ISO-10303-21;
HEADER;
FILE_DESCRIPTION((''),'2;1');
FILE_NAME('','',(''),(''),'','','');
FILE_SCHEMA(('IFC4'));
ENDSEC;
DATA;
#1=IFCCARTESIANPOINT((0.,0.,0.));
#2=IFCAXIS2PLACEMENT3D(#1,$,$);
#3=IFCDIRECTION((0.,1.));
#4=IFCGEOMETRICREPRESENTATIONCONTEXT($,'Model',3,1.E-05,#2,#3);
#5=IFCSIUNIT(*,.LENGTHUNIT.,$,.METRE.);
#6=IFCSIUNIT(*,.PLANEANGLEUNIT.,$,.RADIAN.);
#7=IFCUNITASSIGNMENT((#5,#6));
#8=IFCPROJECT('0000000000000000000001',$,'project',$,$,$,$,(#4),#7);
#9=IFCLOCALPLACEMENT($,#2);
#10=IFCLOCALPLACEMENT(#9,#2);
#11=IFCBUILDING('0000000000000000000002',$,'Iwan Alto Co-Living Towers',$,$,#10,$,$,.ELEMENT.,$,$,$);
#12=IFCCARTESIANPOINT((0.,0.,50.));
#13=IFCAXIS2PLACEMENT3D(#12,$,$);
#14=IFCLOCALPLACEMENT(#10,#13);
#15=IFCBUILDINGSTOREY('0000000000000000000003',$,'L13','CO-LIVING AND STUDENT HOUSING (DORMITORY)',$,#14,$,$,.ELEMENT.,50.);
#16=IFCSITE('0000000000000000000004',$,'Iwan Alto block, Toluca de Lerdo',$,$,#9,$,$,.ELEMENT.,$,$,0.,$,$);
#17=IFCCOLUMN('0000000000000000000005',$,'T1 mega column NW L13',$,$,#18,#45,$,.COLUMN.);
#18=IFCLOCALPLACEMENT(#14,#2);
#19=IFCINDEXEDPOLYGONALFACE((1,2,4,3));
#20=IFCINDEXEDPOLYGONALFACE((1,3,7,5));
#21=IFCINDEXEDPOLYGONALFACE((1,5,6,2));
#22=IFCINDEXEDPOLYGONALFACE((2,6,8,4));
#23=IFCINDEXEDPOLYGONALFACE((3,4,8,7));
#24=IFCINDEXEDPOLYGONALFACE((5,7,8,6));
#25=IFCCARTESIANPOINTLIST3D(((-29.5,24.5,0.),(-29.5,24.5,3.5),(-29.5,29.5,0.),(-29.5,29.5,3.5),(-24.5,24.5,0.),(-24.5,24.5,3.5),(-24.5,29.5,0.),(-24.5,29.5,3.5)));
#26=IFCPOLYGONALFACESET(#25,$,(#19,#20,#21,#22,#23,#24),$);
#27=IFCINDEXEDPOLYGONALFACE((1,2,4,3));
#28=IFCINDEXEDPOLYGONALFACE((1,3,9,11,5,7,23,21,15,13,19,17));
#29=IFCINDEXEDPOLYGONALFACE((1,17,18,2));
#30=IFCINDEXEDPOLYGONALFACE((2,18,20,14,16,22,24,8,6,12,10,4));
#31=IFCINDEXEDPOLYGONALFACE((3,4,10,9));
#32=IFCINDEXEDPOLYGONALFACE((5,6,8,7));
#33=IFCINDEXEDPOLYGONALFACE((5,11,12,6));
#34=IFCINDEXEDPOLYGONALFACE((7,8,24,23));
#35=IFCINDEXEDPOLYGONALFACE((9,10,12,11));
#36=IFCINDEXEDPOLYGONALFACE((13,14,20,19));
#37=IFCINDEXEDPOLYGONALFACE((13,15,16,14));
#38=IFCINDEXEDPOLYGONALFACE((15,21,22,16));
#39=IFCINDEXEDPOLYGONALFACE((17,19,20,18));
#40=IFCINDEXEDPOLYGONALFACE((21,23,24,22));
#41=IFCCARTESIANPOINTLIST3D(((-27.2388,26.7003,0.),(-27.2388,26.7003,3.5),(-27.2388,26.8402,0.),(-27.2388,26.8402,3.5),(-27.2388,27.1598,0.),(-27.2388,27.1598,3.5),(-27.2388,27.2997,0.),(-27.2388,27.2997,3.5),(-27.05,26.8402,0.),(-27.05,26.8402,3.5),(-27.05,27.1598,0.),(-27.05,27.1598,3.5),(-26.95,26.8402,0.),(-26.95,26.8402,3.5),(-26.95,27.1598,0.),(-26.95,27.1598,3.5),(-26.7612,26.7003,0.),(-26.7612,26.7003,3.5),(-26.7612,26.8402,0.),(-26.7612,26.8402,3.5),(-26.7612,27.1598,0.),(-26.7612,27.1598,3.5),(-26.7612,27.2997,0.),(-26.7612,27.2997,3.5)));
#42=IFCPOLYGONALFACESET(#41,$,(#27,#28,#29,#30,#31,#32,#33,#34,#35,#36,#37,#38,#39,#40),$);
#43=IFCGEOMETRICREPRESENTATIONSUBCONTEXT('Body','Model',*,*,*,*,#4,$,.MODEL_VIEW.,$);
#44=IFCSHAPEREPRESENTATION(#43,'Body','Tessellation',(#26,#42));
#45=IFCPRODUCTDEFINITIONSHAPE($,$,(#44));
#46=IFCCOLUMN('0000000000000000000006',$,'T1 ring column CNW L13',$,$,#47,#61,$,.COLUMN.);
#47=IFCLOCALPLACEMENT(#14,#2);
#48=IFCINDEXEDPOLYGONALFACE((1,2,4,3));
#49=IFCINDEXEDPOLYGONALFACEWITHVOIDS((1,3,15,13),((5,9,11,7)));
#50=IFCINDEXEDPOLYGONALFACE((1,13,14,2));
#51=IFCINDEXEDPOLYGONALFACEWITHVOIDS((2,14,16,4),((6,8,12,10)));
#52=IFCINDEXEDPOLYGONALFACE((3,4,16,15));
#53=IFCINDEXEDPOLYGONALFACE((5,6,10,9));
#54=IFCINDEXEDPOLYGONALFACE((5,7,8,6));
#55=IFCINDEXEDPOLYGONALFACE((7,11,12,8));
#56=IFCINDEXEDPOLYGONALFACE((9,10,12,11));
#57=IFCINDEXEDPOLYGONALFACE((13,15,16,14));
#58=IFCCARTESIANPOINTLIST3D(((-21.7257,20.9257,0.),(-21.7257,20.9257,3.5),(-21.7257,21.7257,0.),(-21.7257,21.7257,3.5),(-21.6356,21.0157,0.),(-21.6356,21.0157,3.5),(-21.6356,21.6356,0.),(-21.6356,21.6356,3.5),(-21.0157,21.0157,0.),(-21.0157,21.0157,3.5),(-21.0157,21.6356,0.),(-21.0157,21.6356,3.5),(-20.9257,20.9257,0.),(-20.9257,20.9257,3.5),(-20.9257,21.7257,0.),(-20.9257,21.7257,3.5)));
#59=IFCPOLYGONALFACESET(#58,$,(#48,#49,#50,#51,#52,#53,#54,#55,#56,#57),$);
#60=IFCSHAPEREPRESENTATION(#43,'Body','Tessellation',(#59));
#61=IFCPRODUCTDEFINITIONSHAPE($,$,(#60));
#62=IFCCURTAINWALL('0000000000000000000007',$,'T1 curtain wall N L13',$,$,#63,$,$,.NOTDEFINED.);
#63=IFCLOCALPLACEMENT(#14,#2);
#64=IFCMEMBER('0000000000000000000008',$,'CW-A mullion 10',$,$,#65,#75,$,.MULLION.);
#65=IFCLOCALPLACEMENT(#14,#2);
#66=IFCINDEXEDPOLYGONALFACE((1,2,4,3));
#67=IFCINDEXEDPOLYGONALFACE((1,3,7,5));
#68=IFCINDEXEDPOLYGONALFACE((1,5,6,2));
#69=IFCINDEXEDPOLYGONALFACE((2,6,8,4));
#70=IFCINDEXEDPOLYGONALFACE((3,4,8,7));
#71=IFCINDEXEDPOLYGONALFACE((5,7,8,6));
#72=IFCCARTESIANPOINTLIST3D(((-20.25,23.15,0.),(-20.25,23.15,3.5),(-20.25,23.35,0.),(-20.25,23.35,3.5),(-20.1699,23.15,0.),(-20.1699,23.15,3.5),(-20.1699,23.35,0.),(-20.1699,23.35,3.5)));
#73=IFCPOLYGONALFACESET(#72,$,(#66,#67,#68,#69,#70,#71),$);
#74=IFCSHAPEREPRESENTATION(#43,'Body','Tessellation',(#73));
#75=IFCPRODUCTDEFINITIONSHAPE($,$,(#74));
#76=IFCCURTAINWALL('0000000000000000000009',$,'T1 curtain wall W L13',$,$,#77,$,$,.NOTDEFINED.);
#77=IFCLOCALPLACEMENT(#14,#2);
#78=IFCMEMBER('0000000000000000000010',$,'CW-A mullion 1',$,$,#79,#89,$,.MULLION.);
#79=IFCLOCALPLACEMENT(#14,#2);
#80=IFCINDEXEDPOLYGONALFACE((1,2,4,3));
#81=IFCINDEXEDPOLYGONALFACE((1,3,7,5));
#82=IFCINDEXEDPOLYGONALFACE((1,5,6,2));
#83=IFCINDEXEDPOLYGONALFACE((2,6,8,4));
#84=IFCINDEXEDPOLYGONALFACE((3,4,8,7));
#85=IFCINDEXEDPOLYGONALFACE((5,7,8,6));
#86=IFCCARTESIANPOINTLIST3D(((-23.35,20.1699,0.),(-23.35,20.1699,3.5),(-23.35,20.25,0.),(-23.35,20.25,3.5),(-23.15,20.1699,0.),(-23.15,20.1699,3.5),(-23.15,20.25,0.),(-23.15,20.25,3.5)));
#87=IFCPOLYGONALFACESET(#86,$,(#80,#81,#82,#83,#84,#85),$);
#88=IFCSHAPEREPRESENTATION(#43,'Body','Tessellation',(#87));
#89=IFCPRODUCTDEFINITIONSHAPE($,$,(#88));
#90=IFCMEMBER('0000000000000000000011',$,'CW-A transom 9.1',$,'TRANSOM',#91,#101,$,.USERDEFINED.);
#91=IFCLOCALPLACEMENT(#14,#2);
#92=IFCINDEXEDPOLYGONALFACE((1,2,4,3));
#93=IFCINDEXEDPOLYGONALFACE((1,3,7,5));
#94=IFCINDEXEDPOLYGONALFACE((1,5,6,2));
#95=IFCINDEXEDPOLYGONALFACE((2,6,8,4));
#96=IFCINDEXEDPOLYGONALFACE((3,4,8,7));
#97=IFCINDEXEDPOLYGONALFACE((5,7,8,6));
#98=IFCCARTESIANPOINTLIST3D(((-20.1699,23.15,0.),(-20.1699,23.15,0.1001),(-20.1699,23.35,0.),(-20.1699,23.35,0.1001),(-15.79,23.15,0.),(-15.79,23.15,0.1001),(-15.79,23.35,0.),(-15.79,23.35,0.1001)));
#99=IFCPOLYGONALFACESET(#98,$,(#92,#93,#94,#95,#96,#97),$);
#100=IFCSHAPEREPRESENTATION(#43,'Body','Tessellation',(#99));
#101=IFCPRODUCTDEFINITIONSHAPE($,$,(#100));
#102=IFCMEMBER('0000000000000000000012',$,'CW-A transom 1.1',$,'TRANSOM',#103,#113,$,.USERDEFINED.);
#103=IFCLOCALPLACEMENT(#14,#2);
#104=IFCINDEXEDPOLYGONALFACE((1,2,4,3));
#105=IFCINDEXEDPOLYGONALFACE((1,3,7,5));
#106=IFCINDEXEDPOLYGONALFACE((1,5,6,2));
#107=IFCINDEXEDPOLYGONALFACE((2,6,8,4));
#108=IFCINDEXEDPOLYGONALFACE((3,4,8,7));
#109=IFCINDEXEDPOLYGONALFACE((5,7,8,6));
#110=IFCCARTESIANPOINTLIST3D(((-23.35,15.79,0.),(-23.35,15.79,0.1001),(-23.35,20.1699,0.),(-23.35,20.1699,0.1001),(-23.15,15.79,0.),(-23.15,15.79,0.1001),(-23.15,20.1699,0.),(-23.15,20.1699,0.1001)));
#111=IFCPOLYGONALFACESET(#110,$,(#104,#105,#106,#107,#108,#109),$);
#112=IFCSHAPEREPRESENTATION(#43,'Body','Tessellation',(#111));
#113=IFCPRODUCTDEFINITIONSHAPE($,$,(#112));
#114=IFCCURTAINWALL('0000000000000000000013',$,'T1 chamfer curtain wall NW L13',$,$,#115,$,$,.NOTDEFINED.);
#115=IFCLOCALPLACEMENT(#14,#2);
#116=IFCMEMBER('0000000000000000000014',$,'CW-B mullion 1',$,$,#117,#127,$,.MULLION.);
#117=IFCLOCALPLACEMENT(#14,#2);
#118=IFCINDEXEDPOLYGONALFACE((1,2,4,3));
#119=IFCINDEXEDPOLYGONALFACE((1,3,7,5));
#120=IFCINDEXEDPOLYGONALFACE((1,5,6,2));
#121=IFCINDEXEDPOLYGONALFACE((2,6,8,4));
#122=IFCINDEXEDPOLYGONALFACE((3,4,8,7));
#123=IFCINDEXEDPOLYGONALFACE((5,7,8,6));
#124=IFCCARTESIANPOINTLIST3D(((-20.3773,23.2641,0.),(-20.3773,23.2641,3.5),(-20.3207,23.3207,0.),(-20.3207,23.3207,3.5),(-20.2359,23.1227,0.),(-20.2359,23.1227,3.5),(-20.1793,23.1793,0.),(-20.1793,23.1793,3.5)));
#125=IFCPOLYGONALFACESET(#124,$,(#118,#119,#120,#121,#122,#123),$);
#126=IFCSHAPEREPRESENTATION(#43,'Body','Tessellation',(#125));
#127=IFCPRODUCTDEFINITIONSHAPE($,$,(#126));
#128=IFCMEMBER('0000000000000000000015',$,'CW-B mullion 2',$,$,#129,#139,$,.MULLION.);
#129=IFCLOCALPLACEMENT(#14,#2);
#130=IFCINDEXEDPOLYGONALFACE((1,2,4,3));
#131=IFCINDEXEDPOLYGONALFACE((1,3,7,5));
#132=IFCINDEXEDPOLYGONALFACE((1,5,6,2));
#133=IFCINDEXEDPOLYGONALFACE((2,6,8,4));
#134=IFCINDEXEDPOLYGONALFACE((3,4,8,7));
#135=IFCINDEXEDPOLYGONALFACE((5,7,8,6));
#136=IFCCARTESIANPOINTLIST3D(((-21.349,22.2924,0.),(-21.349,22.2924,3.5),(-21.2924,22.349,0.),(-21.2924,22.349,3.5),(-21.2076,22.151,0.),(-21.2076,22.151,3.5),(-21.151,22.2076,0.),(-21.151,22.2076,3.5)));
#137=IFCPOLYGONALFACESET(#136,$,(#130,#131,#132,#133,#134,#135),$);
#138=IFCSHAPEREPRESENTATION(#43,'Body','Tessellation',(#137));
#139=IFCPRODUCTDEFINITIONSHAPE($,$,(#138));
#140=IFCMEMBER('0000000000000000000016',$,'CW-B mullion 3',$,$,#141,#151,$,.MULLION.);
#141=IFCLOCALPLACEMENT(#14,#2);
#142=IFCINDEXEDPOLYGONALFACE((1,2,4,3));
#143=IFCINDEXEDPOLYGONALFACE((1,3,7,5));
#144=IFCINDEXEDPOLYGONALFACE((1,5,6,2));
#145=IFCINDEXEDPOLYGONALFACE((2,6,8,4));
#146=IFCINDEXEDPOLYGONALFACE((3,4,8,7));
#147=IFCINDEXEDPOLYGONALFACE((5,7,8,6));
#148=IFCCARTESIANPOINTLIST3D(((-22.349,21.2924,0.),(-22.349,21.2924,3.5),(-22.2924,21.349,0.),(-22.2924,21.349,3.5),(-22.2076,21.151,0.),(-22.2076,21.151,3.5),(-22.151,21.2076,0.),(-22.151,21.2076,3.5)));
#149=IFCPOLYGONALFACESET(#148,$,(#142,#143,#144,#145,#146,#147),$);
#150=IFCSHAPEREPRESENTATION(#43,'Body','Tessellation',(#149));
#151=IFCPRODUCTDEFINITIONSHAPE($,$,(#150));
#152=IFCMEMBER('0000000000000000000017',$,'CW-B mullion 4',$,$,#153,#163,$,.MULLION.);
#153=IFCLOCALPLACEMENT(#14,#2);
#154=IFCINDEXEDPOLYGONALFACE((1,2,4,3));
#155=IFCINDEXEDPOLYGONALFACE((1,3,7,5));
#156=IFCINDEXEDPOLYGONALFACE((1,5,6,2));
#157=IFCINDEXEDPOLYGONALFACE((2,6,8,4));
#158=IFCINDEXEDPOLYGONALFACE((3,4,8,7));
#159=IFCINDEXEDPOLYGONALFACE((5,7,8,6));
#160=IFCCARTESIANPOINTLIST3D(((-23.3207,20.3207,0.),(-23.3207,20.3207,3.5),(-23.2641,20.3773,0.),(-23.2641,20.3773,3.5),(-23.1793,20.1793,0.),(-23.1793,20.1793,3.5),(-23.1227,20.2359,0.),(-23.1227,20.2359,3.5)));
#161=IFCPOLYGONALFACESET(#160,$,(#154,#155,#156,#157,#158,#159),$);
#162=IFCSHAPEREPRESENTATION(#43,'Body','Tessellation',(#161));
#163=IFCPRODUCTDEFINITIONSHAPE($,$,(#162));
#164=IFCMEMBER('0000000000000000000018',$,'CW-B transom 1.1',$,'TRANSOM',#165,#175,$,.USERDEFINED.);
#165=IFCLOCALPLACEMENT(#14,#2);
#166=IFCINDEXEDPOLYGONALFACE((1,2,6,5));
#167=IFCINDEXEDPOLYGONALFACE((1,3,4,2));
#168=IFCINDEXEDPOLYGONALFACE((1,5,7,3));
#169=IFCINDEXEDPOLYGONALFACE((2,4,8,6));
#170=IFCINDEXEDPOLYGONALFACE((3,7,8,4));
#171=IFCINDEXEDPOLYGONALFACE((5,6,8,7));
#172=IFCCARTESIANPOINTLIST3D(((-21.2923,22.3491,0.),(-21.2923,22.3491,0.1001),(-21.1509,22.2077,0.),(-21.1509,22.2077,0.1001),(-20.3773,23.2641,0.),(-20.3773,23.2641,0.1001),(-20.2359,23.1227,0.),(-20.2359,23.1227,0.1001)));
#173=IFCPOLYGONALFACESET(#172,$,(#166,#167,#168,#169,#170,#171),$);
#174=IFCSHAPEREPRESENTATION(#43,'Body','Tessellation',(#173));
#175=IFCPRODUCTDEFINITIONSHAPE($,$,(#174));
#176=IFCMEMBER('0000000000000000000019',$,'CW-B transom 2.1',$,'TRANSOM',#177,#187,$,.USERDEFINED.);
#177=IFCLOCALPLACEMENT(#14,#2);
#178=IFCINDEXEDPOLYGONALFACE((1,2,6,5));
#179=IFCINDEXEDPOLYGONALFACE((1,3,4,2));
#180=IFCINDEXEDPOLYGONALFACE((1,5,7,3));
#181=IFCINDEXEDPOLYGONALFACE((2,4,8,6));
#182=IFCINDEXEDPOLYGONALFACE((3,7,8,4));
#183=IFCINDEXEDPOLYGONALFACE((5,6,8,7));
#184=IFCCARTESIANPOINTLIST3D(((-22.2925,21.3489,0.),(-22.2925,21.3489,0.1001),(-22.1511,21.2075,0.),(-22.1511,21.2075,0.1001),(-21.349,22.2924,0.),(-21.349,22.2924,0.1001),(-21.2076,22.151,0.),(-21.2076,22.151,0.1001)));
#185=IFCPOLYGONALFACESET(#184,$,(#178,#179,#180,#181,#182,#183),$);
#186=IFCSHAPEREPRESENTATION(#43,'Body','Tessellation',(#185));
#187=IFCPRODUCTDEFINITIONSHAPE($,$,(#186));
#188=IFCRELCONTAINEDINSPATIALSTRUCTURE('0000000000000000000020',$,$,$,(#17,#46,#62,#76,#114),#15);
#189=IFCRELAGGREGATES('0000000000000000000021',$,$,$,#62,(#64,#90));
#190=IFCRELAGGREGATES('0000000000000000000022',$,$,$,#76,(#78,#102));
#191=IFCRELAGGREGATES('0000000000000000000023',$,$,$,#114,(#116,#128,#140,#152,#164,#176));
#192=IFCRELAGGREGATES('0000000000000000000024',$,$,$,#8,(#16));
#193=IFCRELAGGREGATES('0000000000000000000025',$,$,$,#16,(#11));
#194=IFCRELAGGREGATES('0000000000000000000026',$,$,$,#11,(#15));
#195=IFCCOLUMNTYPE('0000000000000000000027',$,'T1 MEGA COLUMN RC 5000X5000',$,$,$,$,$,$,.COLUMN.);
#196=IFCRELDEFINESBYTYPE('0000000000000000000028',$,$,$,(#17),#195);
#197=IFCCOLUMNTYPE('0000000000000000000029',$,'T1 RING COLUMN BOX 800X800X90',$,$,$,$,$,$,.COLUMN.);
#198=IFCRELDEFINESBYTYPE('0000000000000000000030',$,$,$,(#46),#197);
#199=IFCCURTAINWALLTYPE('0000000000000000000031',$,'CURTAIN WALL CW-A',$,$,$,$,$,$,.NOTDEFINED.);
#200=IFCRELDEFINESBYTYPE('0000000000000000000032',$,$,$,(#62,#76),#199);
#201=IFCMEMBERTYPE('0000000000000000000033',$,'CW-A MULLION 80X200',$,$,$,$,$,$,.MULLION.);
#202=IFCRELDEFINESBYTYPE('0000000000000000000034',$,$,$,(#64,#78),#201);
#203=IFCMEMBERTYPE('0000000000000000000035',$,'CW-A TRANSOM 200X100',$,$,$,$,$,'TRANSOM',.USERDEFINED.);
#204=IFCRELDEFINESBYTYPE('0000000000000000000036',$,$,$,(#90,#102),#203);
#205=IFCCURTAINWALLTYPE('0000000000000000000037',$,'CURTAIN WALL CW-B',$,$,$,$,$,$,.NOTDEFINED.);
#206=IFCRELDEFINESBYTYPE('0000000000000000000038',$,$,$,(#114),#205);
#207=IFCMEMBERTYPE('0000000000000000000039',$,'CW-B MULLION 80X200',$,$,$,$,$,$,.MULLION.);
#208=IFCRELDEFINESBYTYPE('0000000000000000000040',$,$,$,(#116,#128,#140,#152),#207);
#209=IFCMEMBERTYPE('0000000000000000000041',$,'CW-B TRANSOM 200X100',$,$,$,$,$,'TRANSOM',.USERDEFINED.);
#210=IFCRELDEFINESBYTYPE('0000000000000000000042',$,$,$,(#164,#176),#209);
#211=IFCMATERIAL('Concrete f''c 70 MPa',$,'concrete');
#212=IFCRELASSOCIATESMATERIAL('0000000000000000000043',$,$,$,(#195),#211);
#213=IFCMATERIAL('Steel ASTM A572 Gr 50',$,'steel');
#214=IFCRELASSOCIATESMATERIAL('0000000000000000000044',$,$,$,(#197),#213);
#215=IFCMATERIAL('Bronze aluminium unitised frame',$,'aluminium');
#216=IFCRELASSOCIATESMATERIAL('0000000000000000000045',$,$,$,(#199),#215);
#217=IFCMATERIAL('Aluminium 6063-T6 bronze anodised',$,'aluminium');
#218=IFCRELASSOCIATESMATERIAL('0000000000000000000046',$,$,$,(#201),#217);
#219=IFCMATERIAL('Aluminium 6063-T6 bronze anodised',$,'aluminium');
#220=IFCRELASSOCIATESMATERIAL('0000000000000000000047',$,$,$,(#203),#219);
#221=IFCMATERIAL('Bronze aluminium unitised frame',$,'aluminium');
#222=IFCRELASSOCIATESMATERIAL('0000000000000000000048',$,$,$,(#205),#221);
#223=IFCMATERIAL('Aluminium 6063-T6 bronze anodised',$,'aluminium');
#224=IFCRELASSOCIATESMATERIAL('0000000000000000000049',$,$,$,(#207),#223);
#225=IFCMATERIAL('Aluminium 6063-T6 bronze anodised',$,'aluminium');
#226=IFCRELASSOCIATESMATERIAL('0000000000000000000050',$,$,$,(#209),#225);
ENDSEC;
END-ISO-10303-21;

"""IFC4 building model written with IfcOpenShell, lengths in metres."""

from ifc_helpers import new_model, si_unit, direction, frame, origin, origin_2d, place, context, subcontext, project, spatial, rectangle, hollow_rectangle, i_section, extrude, material, material_profile, profile_set, type_object, element, aggregate, save


model = new_model("IFC4")

# Units and contexts
model_context = context("Model", 3, precision=1e-05, world=origin(), true_north=direction((0.0, 1.0)))
body_context = subcontext(model_context, "Body", "Model", "MODEL_VIEW")
ifc_project = project(units=[si_unit("LENGTHUNIT", "METRE"), si_unit("PLANEANGLEUNIT", "RADIAN")], contexts=[model_context])

# Site, building, storey
site_placement = place(None, origin())
site = spatial("IfcSite", under=ifc_project, at=site_placement, Name="Iwan Alto block, Toluca de Lerdo", CompositionType="ELEMENT", RefElevation=0.0)
building_placement = place(site_placement, origin())
building = spatial("IfcBuilding", under=site, at=building_placement, Name="Iwan Alto Co-Living Towers", CompositionType="ELEMENT")
storey_placement = place(building_placement, frame((0.0, 0.0, 50.0)))
storey = spatial("IfcBuildingStorey", under=building, at=storey_placement, Name="L13", Description="CO-LIVING AND STUDENT HOUSING (DORMITORY)", CompositionType="ELEMENT", Elevation=50.0)

# Columns
ifc_material_1 = material(Name="Concrete f'c 70 MPa", Category="concrete")
ifc_material_profile_1 = material_profile(ifc_material_1, rectangle(XDim=5.0, YDim=5.0, at=origin_2d()), Name="RC 5000X5000")
ifc_profile_set_1 = profile_set([ifc_material_profile_1], Name="Concrete f'c 70 MPa")
column_type_1 = type_object("IfcColumnType", Name="T1 MEGA COLUMN RC 5000X5000", PredefinedType="COLUMN", material=ifc_profile_set_1)
column_1_placement = place(storey_placement, frame((-27.0, 27.0, 0.0), z_axis=(0.0, 0.0, 1.0), x_axis=(1.0, 0.0, 0.0)))
element("IfcColumn", 1, at=column_1_placement, inside=storey, type_object=column_type_1, Name="T1 mega column NW L13", PredefinedType="COLUMN", context=body_context, shape_type="SweptSolid", body=[
    extrude(rectangle(XDim=5.0, YDim=5.0, at=origin_2d()), origin(), (0.0, 0.0, 1.0), 3.5),
    extrude(i_section(OverallWidth=0.4775, OverallDepth=0.5994, WebThickness=0.1001, FlangeThickness=0.1399, at=origin_2d()), origin(), (0.0, 0.0, 1.0), 3.5),
])
ifc_material_2 = material(Name="Steel ASTM A572 Gr 50", Category="steel")
ifc_material_profile_2 = material_profile(ifc_material_2, hollow_rectangle(XDim=0.8, YDim=0.8, WallThickness=0.0901, at=origin_2d()), Name="BOX 800X800X90")
ifc_profile_set_2 = profile_set([ifc_material_profile_2], Name="Steel ASTM A572 Gr 50")
column_type_2 = type_object("IfcColumnType", Name="T1 RING COLUMN BOX 800X800X90", PredefinedType="COLUMN", material=ifc_profile_set_2)
column_2_placement = place(storey_placement, frame((-21.3257, 21.3257, 0.0), z_axis=(0.0, 0.0, 1.0), x_axis=(1.0, 0.0, 0.0)))
element("IfcColumn", 2, at=column_2_placement, inside=storey, type_object=column_type_2, Name="T1 ring column CNW L13", PredefinedType="COLUMN", context=body_context, shape_type="SweptSolid", body=[
    extrude(hollow_rectangle(XDim=0.8, YDim=0.8, WallThickness=0.0901, at=origin_2d()), origin(), (0.0, 0.0, 1.0), 3.5),
])

# Curtain walls, members
ifc_material_3 = material(Name="Bronze aluminium unitised frame", Category="aluminium")
curtain_wall_type_1 = type_object("IfcCurtainWallType", Name="CURTAIN WALL CW-A", PredefinedType="NOTDEFINED", material=ifc_material_3)
curtain_wall_1_placement = place(storey_placement, origin())
curtain_wall_1 = element("IfcCurtainWall", 3, at=curtain_wall_1_placement, inside=storey, type_object=curtain_wall_type_1, Name="T1 curtain wall N L13", PredefinedType="NOTDEFINED")
ifc_material_4 = material(Name="Aluminium 6063-T6 bronze anodised", Category="aluminium")
ifc_material_profile_3 = material_profile(ifc_material_4, rectangle(XDim=0.2, YDim=0.0801, at=origin_2d()), Name="AL 80X200")
ifc_profile_set_3 = profile_set([ifc_material_profile_3], Name="Aluminium 6063-T6 bronze anodised")
member_type_1 = type_object("IfcMemberType", Name="CW-A MULLION 80X200", PredefinedType="MULLION", material=ifc_profile_set_3)
member_1_placement = place(storey_placement, frame((-20.21, 23.25, 0.0), z_axis=(0.0, 0.0, 1.0), x_axis=(0.0, -1.0, 0.0)))
member_1 = element("IfcMember", 4, at=member_1_placement, type_object=member_type_1, Name="CW-A mullion 10", PredefinedType="MULLION", context=body_context, shape_type="SweptSolid", body=[
    extrude(rectangle(XDim=0.2, YDim=0.0801, at=origin_2d()), origin(), (0.0, 0.0, 1.0), 3.5),
])
curtain_wall_2_placement = place(storey_placement, origin())
curtain_wall_2 = element("IfcCurtainWall", 5, at=curtain_wall_2_placement, inside=storey, type_object=curtain_wall_type_1, Name="T1 curtain wall W L13", PredefinedType="NOTDEFINED")
member_2_placement = place(storey_placement, frame((-23.25, 20.21, 0.0), z_axis=(0.0, 0.0, 1.0), x_axis=(1.0, 0.0, 0.0)))
member_2 = element("IfcMember", 6, at=member_2_placement, type_object=member_type_1, Name="CW-A mullion 1", PredefinedType="MULLION", context=body_context, shape_type="SweptSolid", body=[
    extrude(rectangle(XDim=0.2, YDim=0.0801, at=origin_2d()), origin(), (0.0, 0.0, 1.0), 3.5),
])

# Members
ifc_material_5 = material(Name="Aluminium 6063-T6 bronze anodised", Category="aluminium")
ifc_material_profile_4 = material_profile(ifc_material_5, rectangle(XDim=0.2, YDim=0.1001, at=origin_2d()), Name="AL 200X100")
ifc_profile_set_4 = profile_set([ifc_material_profile_4], Name="Aluminium 6063-T6 bronze anodised")
member_type_2 = type_object("IfcMemberType", Name="CW-A TRANSOM 200X100", ElementType="TRANSOM", PredefinedType="USERDEFINED", material=ifc_profile_set_4)
member_3_placement = place(storey_placement, frame((-15.79, 23.25, 0.05), z_axis=(-1.0, 0.0, 0.0), x_axis=(0.0, -1.0, 0.0)))
member_3 = element("IfcMember", 7, at=member_3_placement, type_object=member_type_2, Name="CW-A transom 9.1", ObjectType="TRANSOM", PredefinedType="USERDEFINED", context=body_context, shape_type="SweptSolid", body=[
    extrude(rectangle(XDim=0.2, YDim=0.1001, at=origin_2d()), origin(), (0.0, 0.0, 1.0), 4.3799),
])
member_4_placement = place(storey_placement, frame((-23.25, 20.1699, 0.05), z_axis=(0.0, -1.0, 0.0), x_axis=(1.0, 0.0, 0.0)))
member_4 = element("IfcMember", 8, at=member_4_placement, type_object=member_type_2, Name="CW-A transom 1.1", ObjectType="TRANSOM", PredefinedType="USERDEFINED", context=body_context, shape_type="SweptSolid", body=[
    extrude(rectangle(XDim=0.2, YDim=0.1001, at=origin_2d()), origin(), (0.0, 0.0, 1.0), 4.3799),
])

# Curtain wall, members
ifc_material_6 = material(Name="Bronze aluminium unitised frame", Category="aluminium")
curtain_wall_type_2 = type_object("IfcCurtainWallType", Name="CURTAIN WALL CW-B", PredefinedType="NOTDEFINED", material=ifc_material_6)
curtain_wall_3_placement = place(storey_placement, origin())
curtain_wall_3 = element("IfcCurtainWall", 9, at=curtain_wall_3_placement, inside=storey, type_object=curtain_wall_type_2, Name="T1 chamfer curtain wall NW L13", PredefinedType="NOTDEFINED")
ifc_material_7 = material(Name="Aluminium 6063-T6 bronze anodised", Category="aluminium")
ifc_material_profile_5 = material_profile(ifc_material_7, rectangle(XDim=0.2, YDim=0.0801, at=origin_2d()), Name="AL 80X200")
ifc_profile_set_5 = profile_set([ifc_material_profile_5], Name="Aluminium 6063-T6 bronze anodised")
member_type_3 = type_object("IfcMemberType", Name="CW-B MULLION 80X200", PredefinedType="MULLION", material=ifc_profile_set_5)
member_5_placement = place(storey_placement, frame((-20.2783, 23.2217, 0.0), z_axis=(0.0, 0.0, 1.0), x_axis=(0.707107, -0.707107, 0.0)))
member_5 = element("IfcMember", 10, at=member_5_placement, type_object=member_type_3, Name="CW-B mullion 1", PredefinedType="MULLION", context=body_context, shape_type="SweptSolid", body=[
    extrude(rectangle(XDim=0.2, YDim=0.0801, at=origin_2d()), origin(), (0.0, 0.0, 1.0), 3.5),
])
member_6_placement = place(storey_placement, frame((-21.25, 22.25, 0.0), z_axis=(0.0, 0.0, 1.0), x_axis=(0.707107, -0.707107, 0.0)))
member_6 = element("IfcMember", 11, at=member_6_placement, type_object=member_type_3, Name="CW-B mullion 2", PredefinedType="MULLION", context=body_context, shape_type="SweptSolid", body=[
    extrude(rectangle(XDim=0.2, YDim=0.0801, at=origin_2d()), origin(), (0.0, 0.0, 1.0), 3.5),
])
member_7_placement = place(storey_placement, frame((-22.25, 21.25, 0.0), z_axis=(0.0, 0.0, 1.0), x_axis=(0.707107, -0.707107, 0.0)))
member_7 = element("IfcMember", 12, at=member_7_placement, type_object=member_type_3, Name="CW-B mullion 3", PredefinedType="MULLION", context=body_context, shape_type="SweptSolid", body=[
    extrude(rectangle(XDim=0.2, YDim=0.0801, at=origin_2d()), origin(), (0.0, 0.0, 1.0), 3.5),
])
member_8_placement = place(storey_placement, frame((-23.2217, 20.2783, 0.0), z_axis=(0.0, 0.0, 1.0), x_axis=(0.707107, -0.707107, 0.0)))
member_8 = element("IfcMember", 13, at=member_8_placement, type_object=member_type_3, Name="CW-B mullion 4", PredefinedType="MULLION", context=body_context, shape_type="SweptSolid", body=[
    extrude(rectangle(XDim=0.2, YDim=0.0801, at=origin_2d()), origin(), (0.0, 0.0, 1.0), 3.5),
])
ifc_material_8 = material(Name="Aluminium 6063-T6 bronze anodised", Category="aluminium")
ifc_material_profile_6 = material_profile(ifc_material_8, rectangle(XDim=0.2, YDim=0.1001, at=origin_2d()), Name="AL 200X100")
ifc_profile_set_6 = profile_set([ifc_material_profile_6], Name="Aluminium 6063-T6 bronze anodised")
member_type_4 = type_object("IfcMemberType", Name="CW-B TRANSOM 200X100", ElementType="TRANSOM", PredefinedType="USERDEFINED", material=ifc_profile_set_6)
member_9_placement = place(storey_placement, frame((-20.3066, 23.1934, 0.05), z_axis=(-0.707107, -0.707107, 0.0), x_axis=(0.707107, -0.707107, 0.0)))
member_9 = element("IfcMember", 14, at=member_9_placement, type_object=member_type_4, Name="CW-B transom 1.1", ObjectType="TRANSOM", PredefinedType="USERDEFINED", context=body_context, shape_type="SweptSolid", body=[
    extrude(rectangle(XDim=0.2, YDim=0.1001, at=origin_2d()), origin(), (0.0, 0.0, 1.0), 1.2939),
])
member_10_placement = place(storey_placement, frame((-21.2783, 22.2217, 0.05), z_axis=(-0.707107, -0.707107, 0.0), x_axis=(0.707107, -0.707107, 0.0)))
member_10 = element("IfcMember", 15, at=member_10_placement, type_object=member_type_4, Name="CW-B transom 2.1", ObjectType="TRANSOM", PredefinedType="USERDEFINED", context=body_context, shape_type="SweptSolid", body=[
    extrude(rectangle(XDim=0.2, YDim=0.1001, at=origin_2d()), origin(), (0.0, 0.0, 1.0), 1.3342),
])

aggregate(curtain_wall_1, [member_1, member_3])
aggregate(curtain_wall_2, [member_2, member_4])
aggregate(curtain_wall_3, [member_5, member_6, member_7, member_8, member_9, member_10])

save(model, "model.ifc")
